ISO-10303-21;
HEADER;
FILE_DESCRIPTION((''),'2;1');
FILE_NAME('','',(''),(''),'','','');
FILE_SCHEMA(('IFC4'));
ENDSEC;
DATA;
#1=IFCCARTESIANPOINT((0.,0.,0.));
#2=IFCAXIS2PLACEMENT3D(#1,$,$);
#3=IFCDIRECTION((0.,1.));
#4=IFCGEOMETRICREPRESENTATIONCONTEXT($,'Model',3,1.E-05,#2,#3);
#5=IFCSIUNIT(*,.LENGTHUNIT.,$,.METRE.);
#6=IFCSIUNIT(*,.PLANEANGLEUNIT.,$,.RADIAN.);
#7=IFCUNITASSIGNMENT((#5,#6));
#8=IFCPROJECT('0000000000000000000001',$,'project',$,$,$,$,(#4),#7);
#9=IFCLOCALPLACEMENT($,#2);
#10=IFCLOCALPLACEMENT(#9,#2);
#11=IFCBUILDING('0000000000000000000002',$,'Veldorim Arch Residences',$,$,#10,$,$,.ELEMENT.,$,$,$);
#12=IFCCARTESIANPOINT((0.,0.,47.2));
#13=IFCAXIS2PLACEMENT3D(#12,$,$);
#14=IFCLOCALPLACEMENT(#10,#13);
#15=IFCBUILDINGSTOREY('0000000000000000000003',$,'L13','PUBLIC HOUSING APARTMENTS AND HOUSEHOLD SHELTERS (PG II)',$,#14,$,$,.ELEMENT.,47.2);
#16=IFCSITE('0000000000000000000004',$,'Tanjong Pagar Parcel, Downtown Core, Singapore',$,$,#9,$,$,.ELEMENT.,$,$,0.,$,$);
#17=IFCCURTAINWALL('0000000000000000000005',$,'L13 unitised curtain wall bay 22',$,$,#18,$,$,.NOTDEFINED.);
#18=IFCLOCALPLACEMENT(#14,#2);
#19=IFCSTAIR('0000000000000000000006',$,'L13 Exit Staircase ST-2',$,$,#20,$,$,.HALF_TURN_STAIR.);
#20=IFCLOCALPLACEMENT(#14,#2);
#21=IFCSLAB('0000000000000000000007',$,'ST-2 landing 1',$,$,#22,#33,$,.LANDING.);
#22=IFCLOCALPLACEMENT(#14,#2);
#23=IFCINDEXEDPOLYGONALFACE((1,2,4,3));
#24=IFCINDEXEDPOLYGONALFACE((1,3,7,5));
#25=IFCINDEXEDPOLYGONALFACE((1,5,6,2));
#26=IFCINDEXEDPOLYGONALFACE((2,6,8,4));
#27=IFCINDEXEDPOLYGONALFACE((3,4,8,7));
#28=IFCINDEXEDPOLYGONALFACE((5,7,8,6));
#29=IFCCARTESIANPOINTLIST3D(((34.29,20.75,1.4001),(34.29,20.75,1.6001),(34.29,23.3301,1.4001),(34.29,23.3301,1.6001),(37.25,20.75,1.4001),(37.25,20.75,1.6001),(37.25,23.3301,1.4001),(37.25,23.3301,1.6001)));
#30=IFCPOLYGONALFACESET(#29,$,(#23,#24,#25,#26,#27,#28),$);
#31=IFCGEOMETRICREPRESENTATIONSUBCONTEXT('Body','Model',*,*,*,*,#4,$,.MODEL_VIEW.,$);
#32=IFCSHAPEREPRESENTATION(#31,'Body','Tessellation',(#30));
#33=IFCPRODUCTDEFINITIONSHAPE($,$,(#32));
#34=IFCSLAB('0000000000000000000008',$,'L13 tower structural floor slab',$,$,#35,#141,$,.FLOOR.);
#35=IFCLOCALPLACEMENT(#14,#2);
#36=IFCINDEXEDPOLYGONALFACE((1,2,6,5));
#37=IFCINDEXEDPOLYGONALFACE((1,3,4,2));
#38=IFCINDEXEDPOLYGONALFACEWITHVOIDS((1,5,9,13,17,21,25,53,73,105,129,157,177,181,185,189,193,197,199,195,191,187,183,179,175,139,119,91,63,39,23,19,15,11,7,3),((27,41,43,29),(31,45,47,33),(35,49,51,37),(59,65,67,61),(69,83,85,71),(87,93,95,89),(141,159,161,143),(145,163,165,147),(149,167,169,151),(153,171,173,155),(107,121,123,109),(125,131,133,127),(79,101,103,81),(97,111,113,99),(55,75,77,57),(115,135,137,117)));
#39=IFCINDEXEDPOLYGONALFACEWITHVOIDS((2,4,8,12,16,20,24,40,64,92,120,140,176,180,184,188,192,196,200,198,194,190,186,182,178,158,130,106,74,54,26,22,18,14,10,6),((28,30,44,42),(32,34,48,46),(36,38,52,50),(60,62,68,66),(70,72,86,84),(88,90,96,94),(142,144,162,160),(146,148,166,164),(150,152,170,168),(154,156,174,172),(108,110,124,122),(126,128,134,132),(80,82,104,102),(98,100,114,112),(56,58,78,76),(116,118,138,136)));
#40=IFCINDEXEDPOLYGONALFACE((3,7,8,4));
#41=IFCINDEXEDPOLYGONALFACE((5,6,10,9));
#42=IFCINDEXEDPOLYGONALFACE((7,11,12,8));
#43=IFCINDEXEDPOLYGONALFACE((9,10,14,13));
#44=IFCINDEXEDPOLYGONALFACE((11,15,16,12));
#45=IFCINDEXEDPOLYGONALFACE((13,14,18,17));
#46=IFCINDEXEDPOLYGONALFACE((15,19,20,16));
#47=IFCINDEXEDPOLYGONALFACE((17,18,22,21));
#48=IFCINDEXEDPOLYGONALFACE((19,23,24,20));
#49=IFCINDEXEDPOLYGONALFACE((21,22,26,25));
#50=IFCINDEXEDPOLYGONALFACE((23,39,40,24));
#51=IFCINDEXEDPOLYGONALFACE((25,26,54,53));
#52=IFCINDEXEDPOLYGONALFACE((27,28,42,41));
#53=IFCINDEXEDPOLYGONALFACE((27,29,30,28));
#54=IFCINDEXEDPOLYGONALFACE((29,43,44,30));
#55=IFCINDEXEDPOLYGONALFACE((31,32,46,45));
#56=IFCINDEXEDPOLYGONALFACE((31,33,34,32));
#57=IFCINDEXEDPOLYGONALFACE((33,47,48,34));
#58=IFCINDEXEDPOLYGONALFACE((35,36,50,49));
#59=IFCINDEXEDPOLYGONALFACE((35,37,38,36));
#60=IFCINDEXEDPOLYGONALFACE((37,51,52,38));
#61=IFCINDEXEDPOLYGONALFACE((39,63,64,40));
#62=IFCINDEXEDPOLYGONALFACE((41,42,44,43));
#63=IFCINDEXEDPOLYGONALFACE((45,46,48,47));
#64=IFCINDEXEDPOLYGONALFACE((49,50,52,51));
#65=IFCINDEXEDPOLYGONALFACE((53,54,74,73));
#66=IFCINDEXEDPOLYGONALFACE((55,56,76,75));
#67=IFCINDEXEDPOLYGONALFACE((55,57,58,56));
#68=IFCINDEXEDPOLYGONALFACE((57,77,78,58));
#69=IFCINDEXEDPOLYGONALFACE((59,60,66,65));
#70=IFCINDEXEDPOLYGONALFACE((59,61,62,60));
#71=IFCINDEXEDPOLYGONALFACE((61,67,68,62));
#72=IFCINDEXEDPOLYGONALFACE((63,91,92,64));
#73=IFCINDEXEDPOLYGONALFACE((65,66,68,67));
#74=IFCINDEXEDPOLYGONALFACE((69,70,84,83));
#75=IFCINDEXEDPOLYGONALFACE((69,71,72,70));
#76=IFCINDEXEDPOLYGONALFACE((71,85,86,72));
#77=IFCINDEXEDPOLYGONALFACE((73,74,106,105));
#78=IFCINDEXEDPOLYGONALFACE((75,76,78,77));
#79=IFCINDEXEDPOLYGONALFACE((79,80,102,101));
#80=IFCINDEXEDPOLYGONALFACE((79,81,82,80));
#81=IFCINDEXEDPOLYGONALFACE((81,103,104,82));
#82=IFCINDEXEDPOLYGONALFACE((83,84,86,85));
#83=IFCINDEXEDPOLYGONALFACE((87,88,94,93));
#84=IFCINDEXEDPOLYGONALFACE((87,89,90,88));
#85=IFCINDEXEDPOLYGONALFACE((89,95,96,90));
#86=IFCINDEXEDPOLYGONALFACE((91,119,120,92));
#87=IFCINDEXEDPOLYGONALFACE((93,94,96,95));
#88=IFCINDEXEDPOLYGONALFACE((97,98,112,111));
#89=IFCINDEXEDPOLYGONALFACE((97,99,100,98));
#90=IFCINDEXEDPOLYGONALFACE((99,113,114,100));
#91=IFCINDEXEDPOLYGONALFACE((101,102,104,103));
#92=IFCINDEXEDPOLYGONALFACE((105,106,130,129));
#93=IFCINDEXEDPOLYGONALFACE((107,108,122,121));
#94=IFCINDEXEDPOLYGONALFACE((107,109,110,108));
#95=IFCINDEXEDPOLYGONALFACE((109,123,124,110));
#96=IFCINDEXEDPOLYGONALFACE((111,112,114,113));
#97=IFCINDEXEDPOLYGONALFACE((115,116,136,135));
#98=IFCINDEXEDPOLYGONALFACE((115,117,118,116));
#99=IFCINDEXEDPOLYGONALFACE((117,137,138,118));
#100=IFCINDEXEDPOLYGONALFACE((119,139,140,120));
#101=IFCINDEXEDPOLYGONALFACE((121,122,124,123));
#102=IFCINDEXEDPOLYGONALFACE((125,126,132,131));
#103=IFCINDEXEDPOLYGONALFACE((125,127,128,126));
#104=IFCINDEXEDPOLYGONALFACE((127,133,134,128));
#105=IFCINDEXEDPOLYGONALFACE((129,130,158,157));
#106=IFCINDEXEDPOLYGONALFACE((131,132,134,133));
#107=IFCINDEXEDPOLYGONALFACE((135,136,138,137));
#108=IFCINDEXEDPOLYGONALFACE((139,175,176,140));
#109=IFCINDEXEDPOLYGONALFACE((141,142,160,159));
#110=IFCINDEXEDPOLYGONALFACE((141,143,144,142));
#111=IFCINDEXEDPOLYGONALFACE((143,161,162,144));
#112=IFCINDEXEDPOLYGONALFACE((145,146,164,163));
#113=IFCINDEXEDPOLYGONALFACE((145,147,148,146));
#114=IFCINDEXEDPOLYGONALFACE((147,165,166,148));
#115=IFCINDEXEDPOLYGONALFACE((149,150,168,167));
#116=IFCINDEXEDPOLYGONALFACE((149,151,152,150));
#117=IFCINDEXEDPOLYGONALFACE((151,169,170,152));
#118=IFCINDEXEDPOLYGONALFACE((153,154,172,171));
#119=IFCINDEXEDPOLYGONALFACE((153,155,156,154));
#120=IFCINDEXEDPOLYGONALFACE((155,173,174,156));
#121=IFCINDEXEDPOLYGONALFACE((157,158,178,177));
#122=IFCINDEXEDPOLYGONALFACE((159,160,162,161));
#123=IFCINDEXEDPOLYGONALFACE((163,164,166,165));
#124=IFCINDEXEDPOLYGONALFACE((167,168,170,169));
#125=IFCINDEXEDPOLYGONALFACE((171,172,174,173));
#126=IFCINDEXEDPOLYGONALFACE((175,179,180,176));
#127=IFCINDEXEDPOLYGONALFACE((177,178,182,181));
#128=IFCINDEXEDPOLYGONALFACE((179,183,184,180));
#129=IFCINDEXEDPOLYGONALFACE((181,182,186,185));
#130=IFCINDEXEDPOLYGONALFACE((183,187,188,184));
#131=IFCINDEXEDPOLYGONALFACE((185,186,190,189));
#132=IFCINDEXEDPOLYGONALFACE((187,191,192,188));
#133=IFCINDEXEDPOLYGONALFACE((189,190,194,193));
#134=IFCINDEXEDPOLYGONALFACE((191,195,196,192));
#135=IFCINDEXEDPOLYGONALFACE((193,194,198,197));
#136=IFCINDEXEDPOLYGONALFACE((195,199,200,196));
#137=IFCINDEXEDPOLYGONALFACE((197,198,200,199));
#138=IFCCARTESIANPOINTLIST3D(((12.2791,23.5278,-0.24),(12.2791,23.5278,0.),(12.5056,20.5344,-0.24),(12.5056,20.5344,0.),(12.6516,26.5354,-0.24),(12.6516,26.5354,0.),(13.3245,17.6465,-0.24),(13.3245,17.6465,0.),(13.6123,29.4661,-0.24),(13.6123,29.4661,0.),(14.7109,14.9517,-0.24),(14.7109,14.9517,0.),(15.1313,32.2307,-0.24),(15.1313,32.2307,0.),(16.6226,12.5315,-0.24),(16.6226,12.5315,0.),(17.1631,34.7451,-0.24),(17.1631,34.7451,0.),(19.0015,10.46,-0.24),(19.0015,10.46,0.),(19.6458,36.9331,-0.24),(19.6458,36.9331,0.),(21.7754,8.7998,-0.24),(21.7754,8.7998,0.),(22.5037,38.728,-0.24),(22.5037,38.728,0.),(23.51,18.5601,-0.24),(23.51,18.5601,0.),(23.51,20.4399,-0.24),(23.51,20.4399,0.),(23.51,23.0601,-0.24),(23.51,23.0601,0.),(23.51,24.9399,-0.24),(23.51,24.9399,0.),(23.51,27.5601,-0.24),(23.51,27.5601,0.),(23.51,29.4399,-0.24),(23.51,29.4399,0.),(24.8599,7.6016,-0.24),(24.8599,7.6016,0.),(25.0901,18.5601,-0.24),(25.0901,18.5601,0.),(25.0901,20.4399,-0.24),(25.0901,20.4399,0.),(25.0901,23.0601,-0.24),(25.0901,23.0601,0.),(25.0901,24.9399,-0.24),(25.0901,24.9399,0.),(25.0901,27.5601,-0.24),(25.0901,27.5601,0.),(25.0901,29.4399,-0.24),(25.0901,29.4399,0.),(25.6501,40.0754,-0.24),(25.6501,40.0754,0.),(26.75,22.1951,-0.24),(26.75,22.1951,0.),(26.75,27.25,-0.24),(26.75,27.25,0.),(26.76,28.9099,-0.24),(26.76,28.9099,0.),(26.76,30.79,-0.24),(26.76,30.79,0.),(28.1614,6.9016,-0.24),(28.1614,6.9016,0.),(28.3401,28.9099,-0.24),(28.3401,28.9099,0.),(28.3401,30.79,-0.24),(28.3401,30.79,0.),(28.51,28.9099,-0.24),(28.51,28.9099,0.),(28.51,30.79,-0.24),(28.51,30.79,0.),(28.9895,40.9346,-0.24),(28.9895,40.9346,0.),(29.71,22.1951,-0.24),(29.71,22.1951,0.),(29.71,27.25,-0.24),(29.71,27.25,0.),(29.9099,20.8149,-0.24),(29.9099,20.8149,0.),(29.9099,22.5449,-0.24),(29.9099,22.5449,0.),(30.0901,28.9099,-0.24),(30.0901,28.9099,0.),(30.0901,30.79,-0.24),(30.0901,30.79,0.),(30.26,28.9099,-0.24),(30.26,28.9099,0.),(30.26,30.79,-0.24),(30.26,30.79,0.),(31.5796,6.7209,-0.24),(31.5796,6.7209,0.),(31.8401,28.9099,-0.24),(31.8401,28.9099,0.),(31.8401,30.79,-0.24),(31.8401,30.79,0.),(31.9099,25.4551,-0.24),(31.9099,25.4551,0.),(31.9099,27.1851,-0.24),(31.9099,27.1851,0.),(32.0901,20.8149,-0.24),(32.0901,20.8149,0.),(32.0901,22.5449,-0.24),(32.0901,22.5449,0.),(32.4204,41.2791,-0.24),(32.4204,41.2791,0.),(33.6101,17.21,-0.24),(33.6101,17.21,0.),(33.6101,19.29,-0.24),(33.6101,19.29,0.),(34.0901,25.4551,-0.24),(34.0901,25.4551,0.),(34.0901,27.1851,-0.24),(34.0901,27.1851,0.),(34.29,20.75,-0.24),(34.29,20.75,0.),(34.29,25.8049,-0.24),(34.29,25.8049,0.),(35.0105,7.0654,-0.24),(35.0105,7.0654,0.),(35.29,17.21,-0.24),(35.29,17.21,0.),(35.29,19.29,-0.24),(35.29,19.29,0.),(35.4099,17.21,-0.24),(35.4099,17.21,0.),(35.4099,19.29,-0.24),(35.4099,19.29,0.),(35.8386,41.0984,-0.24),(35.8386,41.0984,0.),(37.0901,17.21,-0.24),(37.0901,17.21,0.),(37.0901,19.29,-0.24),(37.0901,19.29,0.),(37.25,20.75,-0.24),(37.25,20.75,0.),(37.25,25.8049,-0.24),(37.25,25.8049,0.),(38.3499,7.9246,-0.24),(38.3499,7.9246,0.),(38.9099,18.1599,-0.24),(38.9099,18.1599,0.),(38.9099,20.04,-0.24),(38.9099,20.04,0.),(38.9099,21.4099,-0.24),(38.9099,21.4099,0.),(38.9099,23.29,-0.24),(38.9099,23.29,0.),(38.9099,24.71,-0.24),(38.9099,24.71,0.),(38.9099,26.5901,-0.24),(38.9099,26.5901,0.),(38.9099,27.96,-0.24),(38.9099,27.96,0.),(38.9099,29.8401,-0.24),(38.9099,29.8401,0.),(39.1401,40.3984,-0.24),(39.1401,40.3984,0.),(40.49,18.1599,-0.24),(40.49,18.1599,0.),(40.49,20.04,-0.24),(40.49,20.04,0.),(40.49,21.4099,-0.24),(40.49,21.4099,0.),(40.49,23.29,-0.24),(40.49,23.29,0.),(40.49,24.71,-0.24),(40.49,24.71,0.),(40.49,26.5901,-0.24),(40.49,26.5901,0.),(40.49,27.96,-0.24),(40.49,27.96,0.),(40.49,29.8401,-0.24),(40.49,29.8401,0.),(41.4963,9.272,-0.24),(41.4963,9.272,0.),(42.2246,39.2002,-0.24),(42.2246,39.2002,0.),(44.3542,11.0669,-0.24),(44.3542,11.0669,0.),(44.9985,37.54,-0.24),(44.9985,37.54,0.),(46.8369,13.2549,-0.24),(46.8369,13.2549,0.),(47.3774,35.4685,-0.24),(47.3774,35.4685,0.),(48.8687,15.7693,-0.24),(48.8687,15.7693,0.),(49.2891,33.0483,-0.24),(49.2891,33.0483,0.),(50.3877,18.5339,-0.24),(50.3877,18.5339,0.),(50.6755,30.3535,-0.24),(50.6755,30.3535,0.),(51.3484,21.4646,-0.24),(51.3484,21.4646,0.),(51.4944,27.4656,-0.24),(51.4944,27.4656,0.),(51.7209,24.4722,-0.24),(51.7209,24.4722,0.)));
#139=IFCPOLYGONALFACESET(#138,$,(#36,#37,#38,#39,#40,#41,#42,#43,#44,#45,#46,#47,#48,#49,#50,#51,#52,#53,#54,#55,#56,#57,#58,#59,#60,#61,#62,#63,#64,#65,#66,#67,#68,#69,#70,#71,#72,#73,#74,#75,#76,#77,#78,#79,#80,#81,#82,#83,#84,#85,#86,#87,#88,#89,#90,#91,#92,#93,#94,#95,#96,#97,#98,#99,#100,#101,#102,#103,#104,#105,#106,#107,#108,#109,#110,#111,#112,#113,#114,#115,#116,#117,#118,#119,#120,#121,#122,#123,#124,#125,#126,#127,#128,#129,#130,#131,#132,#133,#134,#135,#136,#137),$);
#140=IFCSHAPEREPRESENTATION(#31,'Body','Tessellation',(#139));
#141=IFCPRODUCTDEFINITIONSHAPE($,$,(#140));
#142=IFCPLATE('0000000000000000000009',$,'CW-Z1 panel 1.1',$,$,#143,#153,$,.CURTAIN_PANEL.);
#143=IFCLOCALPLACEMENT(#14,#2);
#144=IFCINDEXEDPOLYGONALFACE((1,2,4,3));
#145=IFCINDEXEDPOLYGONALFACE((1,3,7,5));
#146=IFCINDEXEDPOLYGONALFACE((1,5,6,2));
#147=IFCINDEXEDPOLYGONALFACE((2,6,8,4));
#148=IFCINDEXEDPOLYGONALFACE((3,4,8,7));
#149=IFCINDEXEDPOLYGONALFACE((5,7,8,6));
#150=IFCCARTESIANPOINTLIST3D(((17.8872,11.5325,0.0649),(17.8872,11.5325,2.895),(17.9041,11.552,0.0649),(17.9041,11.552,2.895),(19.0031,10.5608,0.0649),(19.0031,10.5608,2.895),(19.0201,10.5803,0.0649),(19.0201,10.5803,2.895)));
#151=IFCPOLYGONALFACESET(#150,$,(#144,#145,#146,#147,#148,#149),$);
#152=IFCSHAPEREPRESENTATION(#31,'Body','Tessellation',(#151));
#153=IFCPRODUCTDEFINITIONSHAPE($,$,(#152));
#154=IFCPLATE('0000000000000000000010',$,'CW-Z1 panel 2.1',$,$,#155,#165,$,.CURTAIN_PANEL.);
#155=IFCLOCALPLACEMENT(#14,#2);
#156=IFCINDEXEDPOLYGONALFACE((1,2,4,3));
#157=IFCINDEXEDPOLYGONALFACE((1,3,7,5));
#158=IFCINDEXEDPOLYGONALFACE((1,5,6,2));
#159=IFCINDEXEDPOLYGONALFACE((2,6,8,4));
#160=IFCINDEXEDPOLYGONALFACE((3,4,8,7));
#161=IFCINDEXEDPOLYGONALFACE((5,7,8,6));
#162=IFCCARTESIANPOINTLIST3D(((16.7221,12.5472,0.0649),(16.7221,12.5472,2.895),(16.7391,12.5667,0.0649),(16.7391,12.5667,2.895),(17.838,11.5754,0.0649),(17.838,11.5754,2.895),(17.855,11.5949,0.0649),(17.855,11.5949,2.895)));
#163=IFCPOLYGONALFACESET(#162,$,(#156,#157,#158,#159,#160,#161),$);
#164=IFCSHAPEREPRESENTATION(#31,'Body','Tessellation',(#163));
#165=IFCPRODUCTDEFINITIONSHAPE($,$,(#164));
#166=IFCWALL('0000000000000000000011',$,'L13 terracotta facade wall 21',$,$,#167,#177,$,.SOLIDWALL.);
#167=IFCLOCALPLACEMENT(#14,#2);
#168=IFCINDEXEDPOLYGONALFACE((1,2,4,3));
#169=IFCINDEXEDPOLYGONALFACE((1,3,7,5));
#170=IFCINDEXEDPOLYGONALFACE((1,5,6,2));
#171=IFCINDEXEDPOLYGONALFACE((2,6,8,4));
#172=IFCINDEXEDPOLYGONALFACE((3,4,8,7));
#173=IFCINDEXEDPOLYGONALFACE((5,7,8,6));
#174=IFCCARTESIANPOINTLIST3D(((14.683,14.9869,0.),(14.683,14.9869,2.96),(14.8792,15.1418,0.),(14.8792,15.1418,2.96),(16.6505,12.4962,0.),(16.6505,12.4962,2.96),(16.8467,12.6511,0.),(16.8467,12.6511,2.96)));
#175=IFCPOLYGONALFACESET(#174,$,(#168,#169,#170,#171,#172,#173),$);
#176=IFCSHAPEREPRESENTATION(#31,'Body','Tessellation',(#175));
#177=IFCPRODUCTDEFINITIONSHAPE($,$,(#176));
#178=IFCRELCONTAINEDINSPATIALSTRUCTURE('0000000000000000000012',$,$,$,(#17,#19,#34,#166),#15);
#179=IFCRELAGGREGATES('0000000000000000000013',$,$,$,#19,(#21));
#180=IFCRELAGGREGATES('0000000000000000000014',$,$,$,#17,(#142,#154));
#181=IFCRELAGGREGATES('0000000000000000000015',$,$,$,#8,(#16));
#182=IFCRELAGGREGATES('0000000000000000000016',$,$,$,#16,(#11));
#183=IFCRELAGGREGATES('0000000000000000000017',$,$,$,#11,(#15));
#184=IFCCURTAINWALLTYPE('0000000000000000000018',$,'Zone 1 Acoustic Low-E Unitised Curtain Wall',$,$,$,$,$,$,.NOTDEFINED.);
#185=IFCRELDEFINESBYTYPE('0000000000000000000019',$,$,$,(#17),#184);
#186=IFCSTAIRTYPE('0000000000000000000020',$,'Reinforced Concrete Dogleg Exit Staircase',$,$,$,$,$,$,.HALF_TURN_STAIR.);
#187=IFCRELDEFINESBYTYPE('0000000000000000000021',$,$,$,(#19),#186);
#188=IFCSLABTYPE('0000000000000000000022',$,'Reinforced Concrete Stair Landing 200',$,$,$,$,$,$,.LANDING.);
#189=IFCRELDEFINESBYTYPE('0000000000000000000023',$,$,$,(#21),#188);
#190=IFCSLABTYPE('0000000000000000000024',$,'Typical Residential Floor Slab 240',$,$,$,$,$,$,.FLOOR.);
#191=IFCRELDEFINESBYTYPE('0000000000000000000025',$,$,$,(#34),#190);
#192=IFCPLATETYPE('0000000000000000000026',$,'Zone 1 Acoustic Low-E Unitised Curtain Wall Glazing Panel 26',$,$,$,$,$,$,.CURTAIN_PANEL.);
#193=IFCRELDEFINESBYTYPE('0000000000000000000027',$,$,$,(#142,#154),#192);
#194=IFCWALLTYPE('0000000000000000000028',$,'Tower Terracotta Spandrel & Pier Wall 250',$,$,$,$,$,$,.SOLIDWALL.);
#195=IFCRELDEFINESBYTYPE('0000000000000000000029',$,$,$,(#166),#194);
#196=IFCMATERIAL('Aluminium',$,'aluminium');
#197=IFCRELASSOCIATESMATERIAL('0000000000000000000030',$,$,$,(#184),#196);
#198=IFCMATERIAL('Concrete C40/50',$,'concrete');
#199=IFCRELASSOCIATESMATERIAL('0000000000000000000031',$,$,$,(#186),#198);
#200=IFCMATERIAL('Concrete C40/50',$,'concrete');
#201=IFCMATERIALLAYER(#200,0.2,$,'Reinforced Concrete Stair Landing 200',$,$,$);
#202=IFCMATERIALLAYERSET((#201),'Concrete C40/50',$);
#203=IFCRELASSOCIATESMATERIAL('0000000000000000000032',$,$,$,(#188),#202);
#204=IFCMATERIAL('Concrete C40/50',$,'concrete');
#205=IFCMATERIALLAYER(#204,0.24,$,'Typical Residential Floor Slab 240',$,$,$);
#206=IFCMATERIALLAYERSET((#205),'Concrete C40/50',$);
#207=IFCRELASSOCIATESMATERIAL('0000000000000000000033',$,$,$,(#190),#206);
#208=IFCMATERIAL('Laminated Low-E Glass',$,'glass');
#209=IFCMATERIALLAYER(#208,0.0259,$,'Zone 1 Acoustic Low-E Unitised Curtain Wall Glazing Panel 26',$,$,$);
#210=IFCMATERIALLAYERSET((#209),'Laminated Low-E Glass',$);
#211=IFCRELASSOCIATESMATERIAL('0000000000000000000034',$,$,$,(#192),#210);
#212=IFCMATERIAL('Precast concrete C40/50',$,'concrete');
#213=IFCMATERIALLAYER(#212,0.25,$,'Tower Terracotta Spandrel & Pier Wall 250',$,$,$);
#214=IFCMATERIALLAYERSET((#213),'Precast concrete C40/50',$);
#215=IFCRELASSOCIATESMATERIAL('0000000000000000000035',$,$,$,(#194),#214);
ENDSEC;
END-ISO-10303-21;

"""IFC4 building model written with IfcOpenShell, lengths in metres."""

from ifc_helpers import new_model, si_unit, direction, frame, frame_2d, origin, origin_2d, place, context, subcontext, project, spatial, polyline, rectangle, outline, extrude, material, layer, layer_set, type_object, element, aggregate, save


model = new_model("IFC4")

# Units and contexts
model_context = context("Model", 3, precision=1e-05, world=origin(), true_north=direction((0.0, 1.0)))
body_context = subcontext(model_context, "Body", "Model", "MODEL_VIEW")
ifc_project = project(units=[si_unit("LENGTHUNIT", "METRE"), si_unit("PLANEANGLEUNIT", "RADIAN")], contexts=[model_context])

# Site, building, storey
site_placement = place(None, origin())
site = spatial("IfcSite", under=ifc_project, at=site_placement, Name="Tanjong Pagar Parcel, Downtown Core, Singapore", CompositionType="ELEMENT", RefElevation=0.0)
building_placement = place(site_placement, origin())
building = spatial("IfcBuilding", under=site, at=building_placement, Name="Veldorim Arch Residences", CompositionType="ELEMENT")
storey_placement = place(building_placement, frame((0.0, 0.0, 47.2)))
storey = spatial("IfcBuildingStorey", under=building, at=storey_placement, Name="L13", Description="PUBLIC HOUSING APARTMENTS AND HOUSEHOLD SHELTERS (PG II)", CompositionType="ELEMENT", Elevation=47.2)

# Curtain wall
ifc_material_1 = material(Name="Aluminium", Category="aluminium")
curtain_wall_type = type_object("IfcCurtainWallType", Name="Zone 1 Acoustic Low-E Unitised Curtain Wall", PredefinedType="NOTDEFINED", material=ifc_material_1)
curtain_wall_placement = place(storey_placement, origin())
curtain_wall = element("IfcCurtainWall", 1, at=curtain_wall_placement, inside=storey, type_object=curtain_wall_type, Name="L13 unitised curtain wall bay 22", PredefinedType="NOTDEFINED")

# Stair, slab
ifc_material_2 = material(Name="Concrete C40/50", Category="concrete")
stair_type = type_object("IfcStairType", Name="Reinforced Concrete Dogleg Exit Staircase", PredefinedType="HALF_TURN_STAIR", material=ifc_material_2)
ifc_material_3 = material(Name="Concrete C40/50", Category="concrete")
ifc_layer_1 = layer(ifc_material_3, 0.2, Name="Reinforced Concrete Stair Landing 200")
ifc_layer_set_1 = layer_set([ifc_layer_1], Name="Concrete C40/50")
slab_type_1 = type_object("IfcSlabType", Name="Reinforced Concrete Stair Landing 200", PredefinedType="LANDING", material=ifc_layer_set_1)
stair_1_placement = place(storey_placement, origin())
stair_1 = element("IfcStair", 2, at=stair_1_placement, inside=storey, type_object=stair_type, Name="L13 Exit Staircase ST-2", PredefinedType="HALF_TURN_STAIR")
slab_1_placement = place(storey_placement, frame((0.0, 0.0, 1.4001)))
slab_1 = element("IfcSlab", 3, at=slab_1_placement, type_object=slab_type_1, Name="ST-2 landing 1", PredefinedType="LANDING", context=body_context, shape_type="SweptSolid", body=[
    extrude(outline(polyline([(34.29, 23.3301), (34.29, 20.75), (37.25, 20.75), (37.25, 23.3301), (34.29, 23.3301)])), origin(), (0.0, 0.0, 1.0), 0.2),
])
aggregate(stair_1, [slab_1])

# Slab
ifc_material_4 = material(Name="Concrete C40/50", Category="concrete")
ifc_layer_2 = layer(ifc_material_4, 0.24, Name="Typical Residential Floor Slab 240")
ifc_layer_set_2 = layer_set([ifc_layer_2], Name="Concrete C40/50")
slab_type_2 = type_object("IfcSlabType", Name="Typical Residential Floor Slab 240", PredefinedType="FLOOR", material=ifc_layer_set_2)
slab_2_placement = place(storey_placement, frame((0.0, 0.0, -0.24)))
element("IfcSlab", 4, at=slab_2_placement, inside=storey, type_object=slab_type_2, Name="L13 tower structural floor slab", PredefinedType="FLOOR", context=body_context, shape_type="SweptSolid", body=[
    extrude(outline(polyline([(51.4944, 27.4656), (50.6755, 30.3535), (49.2891, 33.0483), (47.3774, 35.4685), (44.9985, 37.54), (42.2246, 39.2002), (39.1401, 40.3984), (35.8386, 41.0984), (32.4204, 41.2791), (28.9895, 40.9346), (25.6501, 40.0754), (22.5037, 38.728), (19.6458, 36.9331), (17.1631, 34.7451), (15.1313, 32.2307), (13.6123, 29.4661), (12.6516, 26.5354), (12.2791, 23.5278), (12.5056, 20.5344), (13.3245, 17.6465), (14.7109, 14.9517), (16.6226, 12.5315), (19.0015, 10.46), (21.7754, 8.7998), (24.8599, 7.6016), (28.1614, 6.9016), (31.5796, 6.7209), (35.0105, 7.0654), (38.3499, 7.9246), (41.4963, 9.272), (44.3542, 11.0669), (46.8369, 13.2549), (48.8687, 15.7693), (50.3877, 18.5339), (51.3484, 21.4646), (51.7209, 24.4722), (51.4944, 27.4656)]), holes=[polyline([(23.51, 20.4399), (25.0901, 20.4399), (25.0901, 18.5601), (23.51, 18.5601), (23.51, 20.4399)]), polyline([(29.9099, 22.5449), (32.0901, 22.5449), (32.0901, 20.8149), (29.9099, 20.8149), (29.9099, 22.5449)]), polyline([(23.51, 24.9399), (25.0901, 24.9399), (25.0901, 23.0601), (23.51, 23.0601), (23.51, 24.9399)]), polyline([(26.75, 27.25), (29.71, 27.25), (29.71, 22.1951), (26.75, 22.1951), (26.75, 27.25)]), polyline([(23.51, 29.4399), (25.0901, 29.4399), (25.0901, 27.5601), (23.51, 27.5601), (23.51, 29.4399)]), polyline([(26.76, 30.79), (28.3401, 30.79), (28.3401, 28.9099), (26.76, 28.9099), (26.76, 30.79)]), polyline([(28.51, 30.79), (30.0901, 30.79), (30.0901, 28.9099), (28.51, 28.9099), (28.51, 30.79)]), polyline([(30.26, 30.79), (31.8401, 30.79), (31.8401, 28.9099), (30.26, 28.9099), (30.26, 30.79)]), polyline([(33.6101, 19.29), (35.29, 19.29), (35.29, 17.21), (33.6101, 17.21), (33.6101, 19.29)]), polyline([(35.4099, 19.29), (37.0901, 19.29), (37.0901, 17.21), (35.4099, 17.21), (35.4099, 19.29)]), polyline([(38.9099, 20.04), (40.49, 20.04), (40.49, 18.1599), (38.9099, 18.1599), (38.9099, 20.04)]), polyline([(38.9099, 23.29), (40.49, 23.29), (40.49, 21.4099), (38.9099, 21.4099), (38.9099, 23.29)]), polyline([(34.29, 25.8049), (37.25, 25.8049), (37.25, 20.75), (34.29, 20.75), (34.29, 25.8049)]), polyline([(38.9099, 26.5901), (40.49, 26.5901), (40.49, 24.71), (38.9099, 24.71), (38.9099, 26.5901)]), polyline([(31.9099, 27.1851), (34.0901, 27.1851), (34.0901, 25.4551), (31.9099, 25.4551), (31.9099, 27.1851)]), polyline([(38.9099, 29.8401), (40.49, 29.8401), (40.49, 27.96), (38.9099, 27.96), (38.9099, 29.8401)])]), origin(), (0.0, 0.0, 1.0), 0.24),
])

# Plates
ifc_material_5 = material(Name="Laminated Low-E Glass", Category="glass")
ifc_layer_3 = layer(ifc_material_5, 0.0259, Name="Zone 1 Acoustic Low-E Unitised Curtain Wall Glazing Panel 26")
ifc_layer_set_3 = layer_set([ifc_layer_3], Name="Laminated Low-E Glass")
plate_type = type_object("IfcPlateType", Name="Zone 1 Acoustic Low-E Unitised Curtain Wall Glazing Panel 26", PredefinedType="CURTAIN_PANEL", material=ifc_layer_set_3)
plate_1_placement = place(storey_placement, frame((18.4536, 11.0564, 0.0649), z_axis=(0.0, 0.0, 1.0), x_axis=(-0.754136, 0.656719, 0.0)))
plate_1 = element("IfcPlate", 5, at=plate_1_placement, type_object=plate_type, Name="CW-Z1 panel 1.1", PredefinedType="CURTAIN_PANEL", context=body_context, shape_type="SweptSolid", body=[
    extrude(rectangle(XDim=1.4797, YDim=0.0259, at=origin_2d()), origin(), (0.0, 0.0, 1.0), 2.8301),
])
plate_2_placement = place(storey_placement, frame((17.2886, 12.071, 0.0649), z_axis=(0.0, 0.0, 1.0), x_axis=(-0.754136, 0.656719, 0.0)))
plate_2 = element("IfcPlate", 6, at=plate_2_placement, type_object=plate_type, Name="CW-Z1 panel 2.1", PredefinedType="CURTAIN_PANEL", context=body_context, shape_type="SweptSolid", body=[
    extrude(rectangle(XDim=1.4797, YDim=0.0259, at=origin_2d()), origin(), (0.0, 0.0, 1.0), 2.8301),
])
aggregate(curtain_wall, [plate_1, plate_2])

# Wall
ifc_material_6 = material(Name="Precast concrete C40/50", Category="concrete")
ifc_layer_4 = layer(ifc_material_6, 0.25, Name="Tower Terracotta Spandrel & Pier Wall 250")
ifc_layer_set_4 = layer_set([ifc_layer_4], Name="Precast concrete C40/50")
wall_type = type_object("IfcWallType", Name="Tower Terracotta Spandrel & Pier Wall 250", PredefinedType="SOLIDWALL", material=ifc_layer_set_4)
wall_placement = place(storey_placement, frame((16.7485, 12.5737, 0.0), z_axis=(0.0, 0.0, 1.0), x_axis=(-0.619871, 0.784704, 0.0)))
element("IfcWall", 7, at=wall_placement, inside=storey, type_object=wall_type, Name="L13 terracotta facade wall 21", PredefinedType="SOLIDWALL", context=body_context, shape_type="SweptSolid", body=[
    extrude(rectangle(XDim=3.1741, YDim=0.25, at=frame_2d((1.5869, 0.0))), origin(), (0.0, 0.0, 1.0), 2.96),
])

save(model, "model.ifc")
